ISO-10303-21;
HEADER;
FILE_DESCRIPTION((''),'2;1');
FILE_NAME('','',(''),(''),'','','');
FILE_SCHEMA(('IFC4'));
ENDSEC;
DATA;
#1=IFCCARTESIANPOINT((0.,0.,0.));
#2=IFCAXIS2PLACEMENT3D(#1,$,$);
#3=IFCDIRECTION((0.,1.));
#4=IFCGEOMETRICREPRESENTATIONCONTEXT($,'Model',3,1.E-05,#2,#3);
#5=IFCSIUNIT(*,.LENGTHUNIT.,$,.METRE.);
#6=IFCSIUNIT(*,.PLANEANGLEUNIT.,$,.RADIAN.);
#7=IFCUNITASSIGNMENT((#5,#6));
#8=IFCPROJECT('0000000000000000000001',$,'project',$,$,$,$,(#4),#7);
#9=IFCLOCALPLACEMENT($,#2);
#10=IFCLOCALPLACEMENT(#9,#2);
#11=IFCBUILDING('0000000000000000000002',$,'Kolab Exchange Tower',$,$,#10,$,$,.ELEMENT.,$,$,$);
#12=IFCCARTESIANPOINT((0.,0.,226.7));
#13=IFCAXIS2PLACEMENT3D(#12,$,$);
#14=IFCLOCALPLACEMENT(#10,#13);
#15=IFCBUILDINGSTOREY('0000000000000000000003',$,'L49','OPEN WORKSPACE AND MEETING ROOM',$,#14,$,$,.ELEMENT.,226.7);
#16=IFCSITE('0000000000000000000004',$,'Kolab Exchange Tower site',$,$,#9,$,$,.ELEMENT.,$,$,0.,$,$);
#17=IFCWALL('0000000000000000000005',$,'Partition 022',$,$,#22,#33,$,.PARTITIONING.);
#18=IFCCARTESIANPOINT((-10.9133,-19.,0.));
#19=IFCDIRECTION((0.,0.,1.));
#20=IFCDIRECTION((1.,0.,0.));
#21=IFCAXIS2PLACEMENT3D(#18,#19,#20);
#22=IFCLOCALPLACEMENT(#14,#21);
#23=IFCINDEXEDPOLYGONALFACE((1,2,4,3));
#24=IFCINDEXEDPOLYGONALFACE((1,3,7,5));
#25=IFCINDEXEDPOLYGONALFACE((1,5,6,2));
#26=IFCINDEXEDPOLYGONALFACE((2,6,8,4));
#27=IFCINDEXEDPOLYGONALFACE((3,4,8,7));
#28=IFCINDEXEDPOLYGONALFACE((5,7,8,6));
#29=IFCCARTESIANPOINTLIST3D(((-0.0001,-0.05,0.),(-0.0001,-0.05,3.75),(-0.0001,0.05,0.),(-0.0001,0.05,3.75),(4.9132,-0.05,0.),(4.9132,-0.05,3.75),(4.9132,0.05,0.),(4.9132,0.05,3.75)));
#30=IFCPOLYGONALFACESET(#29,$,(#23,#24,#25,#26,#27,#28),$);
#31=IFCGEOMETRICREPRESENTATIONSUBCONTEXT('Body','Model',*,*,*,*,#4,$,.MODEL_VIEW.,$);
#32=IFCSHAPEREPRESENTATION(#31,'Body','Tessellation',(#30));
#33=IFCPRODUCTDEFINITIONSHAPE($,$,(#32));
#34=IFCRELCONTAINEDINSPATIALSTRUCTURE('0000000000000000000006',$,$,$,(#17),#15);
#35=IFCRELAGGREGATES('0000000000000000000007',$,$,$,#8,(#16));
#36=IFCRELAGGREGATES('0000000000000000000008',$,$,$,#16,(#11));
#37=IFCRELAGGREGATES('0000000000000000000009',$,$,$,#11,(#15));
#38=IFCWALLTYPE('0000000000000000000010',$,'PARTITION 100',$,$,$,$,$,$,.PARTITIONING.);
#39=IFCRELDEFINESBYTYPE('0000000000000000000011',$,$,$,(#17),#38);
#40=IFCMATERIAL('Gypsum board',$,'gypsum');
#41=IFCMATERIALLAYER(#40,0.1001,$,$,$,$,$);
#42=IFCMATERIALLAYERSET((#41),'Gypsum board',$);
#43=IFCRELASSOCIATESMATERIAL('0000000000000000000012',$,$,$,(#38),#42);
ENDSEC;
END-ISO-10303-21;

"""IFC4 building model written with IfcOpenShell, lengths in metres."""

from ifc_helpers import new_model, si_unit, direction, frame, frame_2d, origin, place, context, subcontext, project, spatial, rectangle, extrude, material, layer, layer_set, type_object, element, save


model = new_model("IFC4")

# Units and contexts
model_context = context("Model", 3, precision=1e-05, world=origin(), true_north=direction((0.0, 1.0)))
body_context = subcontext(model_context, "Body", "Model", "MODEL_VIEW")
ifc_project = project(units=[si_unit("LENGTHUNIT", "METRE"), si_unit("PLANEANGLEUNIT", "RADIAN")], contexts=[model_context])

# Site, building, storey
site_placement = place(None, origin())
site = spatial("IfcSite", under=ifc_project, at=site_placement, Name="Kolab Exchange Tower site", CompositionType="ELEMENT", RefElevation=0.0)
building_placement = place(site_placement, origin())
building = spatial("IfcBuilding", under=site, at=building_placement, Name="Kolab Exchange Tower", CompositionType="ELEMENT")
storey_placement = place(building_placement, frame((0.0, 0.0, 226.7)))
storey = spatial("IfcBuildingStorey", under=building, at=storey_placement, Name="L49", Description="OPEN WORKSPACE AND MEETING ROOM", CompositionType="ELEMENT", Elevation=226.7)

# Wall
ifc_material_1 = material(Name="Gypsum board", Category="gypsum")
ifc_layer_1 = layer(ifc_material_1, 0.1001)
ifc_layer_set_1 = layer_set([ifc_layer_1], Name="Gypsum board")
wall_type_1 = type_object("IfcWallType", Name="PARTITION 100", PredefinedType="PARTITIONING", material=ifc_layer_set_1)
wall_1_placement = place(storey_placement, frame((-10.9133, -19.0, 0.0), z_axis=(0.0, 0.0, 1.0), x_axis=(1.0, 0.0, 0.0)))
element("IfcWall", 1, at=wall_1_placement, inside=storey, type_object=wall_type_1, Name="Partition 022", PredefinedType="PARTITIONING", context=body_context, shape_type="SweptSolid", body=[
    extrude(rectangle(XDim=4.9133, YDim=0.1001, at=frame_2d((2.4565, 0.0))), origin(), (0.0, 0.0, 1.0), 3.75),
])

save(model, "model.ifc")
